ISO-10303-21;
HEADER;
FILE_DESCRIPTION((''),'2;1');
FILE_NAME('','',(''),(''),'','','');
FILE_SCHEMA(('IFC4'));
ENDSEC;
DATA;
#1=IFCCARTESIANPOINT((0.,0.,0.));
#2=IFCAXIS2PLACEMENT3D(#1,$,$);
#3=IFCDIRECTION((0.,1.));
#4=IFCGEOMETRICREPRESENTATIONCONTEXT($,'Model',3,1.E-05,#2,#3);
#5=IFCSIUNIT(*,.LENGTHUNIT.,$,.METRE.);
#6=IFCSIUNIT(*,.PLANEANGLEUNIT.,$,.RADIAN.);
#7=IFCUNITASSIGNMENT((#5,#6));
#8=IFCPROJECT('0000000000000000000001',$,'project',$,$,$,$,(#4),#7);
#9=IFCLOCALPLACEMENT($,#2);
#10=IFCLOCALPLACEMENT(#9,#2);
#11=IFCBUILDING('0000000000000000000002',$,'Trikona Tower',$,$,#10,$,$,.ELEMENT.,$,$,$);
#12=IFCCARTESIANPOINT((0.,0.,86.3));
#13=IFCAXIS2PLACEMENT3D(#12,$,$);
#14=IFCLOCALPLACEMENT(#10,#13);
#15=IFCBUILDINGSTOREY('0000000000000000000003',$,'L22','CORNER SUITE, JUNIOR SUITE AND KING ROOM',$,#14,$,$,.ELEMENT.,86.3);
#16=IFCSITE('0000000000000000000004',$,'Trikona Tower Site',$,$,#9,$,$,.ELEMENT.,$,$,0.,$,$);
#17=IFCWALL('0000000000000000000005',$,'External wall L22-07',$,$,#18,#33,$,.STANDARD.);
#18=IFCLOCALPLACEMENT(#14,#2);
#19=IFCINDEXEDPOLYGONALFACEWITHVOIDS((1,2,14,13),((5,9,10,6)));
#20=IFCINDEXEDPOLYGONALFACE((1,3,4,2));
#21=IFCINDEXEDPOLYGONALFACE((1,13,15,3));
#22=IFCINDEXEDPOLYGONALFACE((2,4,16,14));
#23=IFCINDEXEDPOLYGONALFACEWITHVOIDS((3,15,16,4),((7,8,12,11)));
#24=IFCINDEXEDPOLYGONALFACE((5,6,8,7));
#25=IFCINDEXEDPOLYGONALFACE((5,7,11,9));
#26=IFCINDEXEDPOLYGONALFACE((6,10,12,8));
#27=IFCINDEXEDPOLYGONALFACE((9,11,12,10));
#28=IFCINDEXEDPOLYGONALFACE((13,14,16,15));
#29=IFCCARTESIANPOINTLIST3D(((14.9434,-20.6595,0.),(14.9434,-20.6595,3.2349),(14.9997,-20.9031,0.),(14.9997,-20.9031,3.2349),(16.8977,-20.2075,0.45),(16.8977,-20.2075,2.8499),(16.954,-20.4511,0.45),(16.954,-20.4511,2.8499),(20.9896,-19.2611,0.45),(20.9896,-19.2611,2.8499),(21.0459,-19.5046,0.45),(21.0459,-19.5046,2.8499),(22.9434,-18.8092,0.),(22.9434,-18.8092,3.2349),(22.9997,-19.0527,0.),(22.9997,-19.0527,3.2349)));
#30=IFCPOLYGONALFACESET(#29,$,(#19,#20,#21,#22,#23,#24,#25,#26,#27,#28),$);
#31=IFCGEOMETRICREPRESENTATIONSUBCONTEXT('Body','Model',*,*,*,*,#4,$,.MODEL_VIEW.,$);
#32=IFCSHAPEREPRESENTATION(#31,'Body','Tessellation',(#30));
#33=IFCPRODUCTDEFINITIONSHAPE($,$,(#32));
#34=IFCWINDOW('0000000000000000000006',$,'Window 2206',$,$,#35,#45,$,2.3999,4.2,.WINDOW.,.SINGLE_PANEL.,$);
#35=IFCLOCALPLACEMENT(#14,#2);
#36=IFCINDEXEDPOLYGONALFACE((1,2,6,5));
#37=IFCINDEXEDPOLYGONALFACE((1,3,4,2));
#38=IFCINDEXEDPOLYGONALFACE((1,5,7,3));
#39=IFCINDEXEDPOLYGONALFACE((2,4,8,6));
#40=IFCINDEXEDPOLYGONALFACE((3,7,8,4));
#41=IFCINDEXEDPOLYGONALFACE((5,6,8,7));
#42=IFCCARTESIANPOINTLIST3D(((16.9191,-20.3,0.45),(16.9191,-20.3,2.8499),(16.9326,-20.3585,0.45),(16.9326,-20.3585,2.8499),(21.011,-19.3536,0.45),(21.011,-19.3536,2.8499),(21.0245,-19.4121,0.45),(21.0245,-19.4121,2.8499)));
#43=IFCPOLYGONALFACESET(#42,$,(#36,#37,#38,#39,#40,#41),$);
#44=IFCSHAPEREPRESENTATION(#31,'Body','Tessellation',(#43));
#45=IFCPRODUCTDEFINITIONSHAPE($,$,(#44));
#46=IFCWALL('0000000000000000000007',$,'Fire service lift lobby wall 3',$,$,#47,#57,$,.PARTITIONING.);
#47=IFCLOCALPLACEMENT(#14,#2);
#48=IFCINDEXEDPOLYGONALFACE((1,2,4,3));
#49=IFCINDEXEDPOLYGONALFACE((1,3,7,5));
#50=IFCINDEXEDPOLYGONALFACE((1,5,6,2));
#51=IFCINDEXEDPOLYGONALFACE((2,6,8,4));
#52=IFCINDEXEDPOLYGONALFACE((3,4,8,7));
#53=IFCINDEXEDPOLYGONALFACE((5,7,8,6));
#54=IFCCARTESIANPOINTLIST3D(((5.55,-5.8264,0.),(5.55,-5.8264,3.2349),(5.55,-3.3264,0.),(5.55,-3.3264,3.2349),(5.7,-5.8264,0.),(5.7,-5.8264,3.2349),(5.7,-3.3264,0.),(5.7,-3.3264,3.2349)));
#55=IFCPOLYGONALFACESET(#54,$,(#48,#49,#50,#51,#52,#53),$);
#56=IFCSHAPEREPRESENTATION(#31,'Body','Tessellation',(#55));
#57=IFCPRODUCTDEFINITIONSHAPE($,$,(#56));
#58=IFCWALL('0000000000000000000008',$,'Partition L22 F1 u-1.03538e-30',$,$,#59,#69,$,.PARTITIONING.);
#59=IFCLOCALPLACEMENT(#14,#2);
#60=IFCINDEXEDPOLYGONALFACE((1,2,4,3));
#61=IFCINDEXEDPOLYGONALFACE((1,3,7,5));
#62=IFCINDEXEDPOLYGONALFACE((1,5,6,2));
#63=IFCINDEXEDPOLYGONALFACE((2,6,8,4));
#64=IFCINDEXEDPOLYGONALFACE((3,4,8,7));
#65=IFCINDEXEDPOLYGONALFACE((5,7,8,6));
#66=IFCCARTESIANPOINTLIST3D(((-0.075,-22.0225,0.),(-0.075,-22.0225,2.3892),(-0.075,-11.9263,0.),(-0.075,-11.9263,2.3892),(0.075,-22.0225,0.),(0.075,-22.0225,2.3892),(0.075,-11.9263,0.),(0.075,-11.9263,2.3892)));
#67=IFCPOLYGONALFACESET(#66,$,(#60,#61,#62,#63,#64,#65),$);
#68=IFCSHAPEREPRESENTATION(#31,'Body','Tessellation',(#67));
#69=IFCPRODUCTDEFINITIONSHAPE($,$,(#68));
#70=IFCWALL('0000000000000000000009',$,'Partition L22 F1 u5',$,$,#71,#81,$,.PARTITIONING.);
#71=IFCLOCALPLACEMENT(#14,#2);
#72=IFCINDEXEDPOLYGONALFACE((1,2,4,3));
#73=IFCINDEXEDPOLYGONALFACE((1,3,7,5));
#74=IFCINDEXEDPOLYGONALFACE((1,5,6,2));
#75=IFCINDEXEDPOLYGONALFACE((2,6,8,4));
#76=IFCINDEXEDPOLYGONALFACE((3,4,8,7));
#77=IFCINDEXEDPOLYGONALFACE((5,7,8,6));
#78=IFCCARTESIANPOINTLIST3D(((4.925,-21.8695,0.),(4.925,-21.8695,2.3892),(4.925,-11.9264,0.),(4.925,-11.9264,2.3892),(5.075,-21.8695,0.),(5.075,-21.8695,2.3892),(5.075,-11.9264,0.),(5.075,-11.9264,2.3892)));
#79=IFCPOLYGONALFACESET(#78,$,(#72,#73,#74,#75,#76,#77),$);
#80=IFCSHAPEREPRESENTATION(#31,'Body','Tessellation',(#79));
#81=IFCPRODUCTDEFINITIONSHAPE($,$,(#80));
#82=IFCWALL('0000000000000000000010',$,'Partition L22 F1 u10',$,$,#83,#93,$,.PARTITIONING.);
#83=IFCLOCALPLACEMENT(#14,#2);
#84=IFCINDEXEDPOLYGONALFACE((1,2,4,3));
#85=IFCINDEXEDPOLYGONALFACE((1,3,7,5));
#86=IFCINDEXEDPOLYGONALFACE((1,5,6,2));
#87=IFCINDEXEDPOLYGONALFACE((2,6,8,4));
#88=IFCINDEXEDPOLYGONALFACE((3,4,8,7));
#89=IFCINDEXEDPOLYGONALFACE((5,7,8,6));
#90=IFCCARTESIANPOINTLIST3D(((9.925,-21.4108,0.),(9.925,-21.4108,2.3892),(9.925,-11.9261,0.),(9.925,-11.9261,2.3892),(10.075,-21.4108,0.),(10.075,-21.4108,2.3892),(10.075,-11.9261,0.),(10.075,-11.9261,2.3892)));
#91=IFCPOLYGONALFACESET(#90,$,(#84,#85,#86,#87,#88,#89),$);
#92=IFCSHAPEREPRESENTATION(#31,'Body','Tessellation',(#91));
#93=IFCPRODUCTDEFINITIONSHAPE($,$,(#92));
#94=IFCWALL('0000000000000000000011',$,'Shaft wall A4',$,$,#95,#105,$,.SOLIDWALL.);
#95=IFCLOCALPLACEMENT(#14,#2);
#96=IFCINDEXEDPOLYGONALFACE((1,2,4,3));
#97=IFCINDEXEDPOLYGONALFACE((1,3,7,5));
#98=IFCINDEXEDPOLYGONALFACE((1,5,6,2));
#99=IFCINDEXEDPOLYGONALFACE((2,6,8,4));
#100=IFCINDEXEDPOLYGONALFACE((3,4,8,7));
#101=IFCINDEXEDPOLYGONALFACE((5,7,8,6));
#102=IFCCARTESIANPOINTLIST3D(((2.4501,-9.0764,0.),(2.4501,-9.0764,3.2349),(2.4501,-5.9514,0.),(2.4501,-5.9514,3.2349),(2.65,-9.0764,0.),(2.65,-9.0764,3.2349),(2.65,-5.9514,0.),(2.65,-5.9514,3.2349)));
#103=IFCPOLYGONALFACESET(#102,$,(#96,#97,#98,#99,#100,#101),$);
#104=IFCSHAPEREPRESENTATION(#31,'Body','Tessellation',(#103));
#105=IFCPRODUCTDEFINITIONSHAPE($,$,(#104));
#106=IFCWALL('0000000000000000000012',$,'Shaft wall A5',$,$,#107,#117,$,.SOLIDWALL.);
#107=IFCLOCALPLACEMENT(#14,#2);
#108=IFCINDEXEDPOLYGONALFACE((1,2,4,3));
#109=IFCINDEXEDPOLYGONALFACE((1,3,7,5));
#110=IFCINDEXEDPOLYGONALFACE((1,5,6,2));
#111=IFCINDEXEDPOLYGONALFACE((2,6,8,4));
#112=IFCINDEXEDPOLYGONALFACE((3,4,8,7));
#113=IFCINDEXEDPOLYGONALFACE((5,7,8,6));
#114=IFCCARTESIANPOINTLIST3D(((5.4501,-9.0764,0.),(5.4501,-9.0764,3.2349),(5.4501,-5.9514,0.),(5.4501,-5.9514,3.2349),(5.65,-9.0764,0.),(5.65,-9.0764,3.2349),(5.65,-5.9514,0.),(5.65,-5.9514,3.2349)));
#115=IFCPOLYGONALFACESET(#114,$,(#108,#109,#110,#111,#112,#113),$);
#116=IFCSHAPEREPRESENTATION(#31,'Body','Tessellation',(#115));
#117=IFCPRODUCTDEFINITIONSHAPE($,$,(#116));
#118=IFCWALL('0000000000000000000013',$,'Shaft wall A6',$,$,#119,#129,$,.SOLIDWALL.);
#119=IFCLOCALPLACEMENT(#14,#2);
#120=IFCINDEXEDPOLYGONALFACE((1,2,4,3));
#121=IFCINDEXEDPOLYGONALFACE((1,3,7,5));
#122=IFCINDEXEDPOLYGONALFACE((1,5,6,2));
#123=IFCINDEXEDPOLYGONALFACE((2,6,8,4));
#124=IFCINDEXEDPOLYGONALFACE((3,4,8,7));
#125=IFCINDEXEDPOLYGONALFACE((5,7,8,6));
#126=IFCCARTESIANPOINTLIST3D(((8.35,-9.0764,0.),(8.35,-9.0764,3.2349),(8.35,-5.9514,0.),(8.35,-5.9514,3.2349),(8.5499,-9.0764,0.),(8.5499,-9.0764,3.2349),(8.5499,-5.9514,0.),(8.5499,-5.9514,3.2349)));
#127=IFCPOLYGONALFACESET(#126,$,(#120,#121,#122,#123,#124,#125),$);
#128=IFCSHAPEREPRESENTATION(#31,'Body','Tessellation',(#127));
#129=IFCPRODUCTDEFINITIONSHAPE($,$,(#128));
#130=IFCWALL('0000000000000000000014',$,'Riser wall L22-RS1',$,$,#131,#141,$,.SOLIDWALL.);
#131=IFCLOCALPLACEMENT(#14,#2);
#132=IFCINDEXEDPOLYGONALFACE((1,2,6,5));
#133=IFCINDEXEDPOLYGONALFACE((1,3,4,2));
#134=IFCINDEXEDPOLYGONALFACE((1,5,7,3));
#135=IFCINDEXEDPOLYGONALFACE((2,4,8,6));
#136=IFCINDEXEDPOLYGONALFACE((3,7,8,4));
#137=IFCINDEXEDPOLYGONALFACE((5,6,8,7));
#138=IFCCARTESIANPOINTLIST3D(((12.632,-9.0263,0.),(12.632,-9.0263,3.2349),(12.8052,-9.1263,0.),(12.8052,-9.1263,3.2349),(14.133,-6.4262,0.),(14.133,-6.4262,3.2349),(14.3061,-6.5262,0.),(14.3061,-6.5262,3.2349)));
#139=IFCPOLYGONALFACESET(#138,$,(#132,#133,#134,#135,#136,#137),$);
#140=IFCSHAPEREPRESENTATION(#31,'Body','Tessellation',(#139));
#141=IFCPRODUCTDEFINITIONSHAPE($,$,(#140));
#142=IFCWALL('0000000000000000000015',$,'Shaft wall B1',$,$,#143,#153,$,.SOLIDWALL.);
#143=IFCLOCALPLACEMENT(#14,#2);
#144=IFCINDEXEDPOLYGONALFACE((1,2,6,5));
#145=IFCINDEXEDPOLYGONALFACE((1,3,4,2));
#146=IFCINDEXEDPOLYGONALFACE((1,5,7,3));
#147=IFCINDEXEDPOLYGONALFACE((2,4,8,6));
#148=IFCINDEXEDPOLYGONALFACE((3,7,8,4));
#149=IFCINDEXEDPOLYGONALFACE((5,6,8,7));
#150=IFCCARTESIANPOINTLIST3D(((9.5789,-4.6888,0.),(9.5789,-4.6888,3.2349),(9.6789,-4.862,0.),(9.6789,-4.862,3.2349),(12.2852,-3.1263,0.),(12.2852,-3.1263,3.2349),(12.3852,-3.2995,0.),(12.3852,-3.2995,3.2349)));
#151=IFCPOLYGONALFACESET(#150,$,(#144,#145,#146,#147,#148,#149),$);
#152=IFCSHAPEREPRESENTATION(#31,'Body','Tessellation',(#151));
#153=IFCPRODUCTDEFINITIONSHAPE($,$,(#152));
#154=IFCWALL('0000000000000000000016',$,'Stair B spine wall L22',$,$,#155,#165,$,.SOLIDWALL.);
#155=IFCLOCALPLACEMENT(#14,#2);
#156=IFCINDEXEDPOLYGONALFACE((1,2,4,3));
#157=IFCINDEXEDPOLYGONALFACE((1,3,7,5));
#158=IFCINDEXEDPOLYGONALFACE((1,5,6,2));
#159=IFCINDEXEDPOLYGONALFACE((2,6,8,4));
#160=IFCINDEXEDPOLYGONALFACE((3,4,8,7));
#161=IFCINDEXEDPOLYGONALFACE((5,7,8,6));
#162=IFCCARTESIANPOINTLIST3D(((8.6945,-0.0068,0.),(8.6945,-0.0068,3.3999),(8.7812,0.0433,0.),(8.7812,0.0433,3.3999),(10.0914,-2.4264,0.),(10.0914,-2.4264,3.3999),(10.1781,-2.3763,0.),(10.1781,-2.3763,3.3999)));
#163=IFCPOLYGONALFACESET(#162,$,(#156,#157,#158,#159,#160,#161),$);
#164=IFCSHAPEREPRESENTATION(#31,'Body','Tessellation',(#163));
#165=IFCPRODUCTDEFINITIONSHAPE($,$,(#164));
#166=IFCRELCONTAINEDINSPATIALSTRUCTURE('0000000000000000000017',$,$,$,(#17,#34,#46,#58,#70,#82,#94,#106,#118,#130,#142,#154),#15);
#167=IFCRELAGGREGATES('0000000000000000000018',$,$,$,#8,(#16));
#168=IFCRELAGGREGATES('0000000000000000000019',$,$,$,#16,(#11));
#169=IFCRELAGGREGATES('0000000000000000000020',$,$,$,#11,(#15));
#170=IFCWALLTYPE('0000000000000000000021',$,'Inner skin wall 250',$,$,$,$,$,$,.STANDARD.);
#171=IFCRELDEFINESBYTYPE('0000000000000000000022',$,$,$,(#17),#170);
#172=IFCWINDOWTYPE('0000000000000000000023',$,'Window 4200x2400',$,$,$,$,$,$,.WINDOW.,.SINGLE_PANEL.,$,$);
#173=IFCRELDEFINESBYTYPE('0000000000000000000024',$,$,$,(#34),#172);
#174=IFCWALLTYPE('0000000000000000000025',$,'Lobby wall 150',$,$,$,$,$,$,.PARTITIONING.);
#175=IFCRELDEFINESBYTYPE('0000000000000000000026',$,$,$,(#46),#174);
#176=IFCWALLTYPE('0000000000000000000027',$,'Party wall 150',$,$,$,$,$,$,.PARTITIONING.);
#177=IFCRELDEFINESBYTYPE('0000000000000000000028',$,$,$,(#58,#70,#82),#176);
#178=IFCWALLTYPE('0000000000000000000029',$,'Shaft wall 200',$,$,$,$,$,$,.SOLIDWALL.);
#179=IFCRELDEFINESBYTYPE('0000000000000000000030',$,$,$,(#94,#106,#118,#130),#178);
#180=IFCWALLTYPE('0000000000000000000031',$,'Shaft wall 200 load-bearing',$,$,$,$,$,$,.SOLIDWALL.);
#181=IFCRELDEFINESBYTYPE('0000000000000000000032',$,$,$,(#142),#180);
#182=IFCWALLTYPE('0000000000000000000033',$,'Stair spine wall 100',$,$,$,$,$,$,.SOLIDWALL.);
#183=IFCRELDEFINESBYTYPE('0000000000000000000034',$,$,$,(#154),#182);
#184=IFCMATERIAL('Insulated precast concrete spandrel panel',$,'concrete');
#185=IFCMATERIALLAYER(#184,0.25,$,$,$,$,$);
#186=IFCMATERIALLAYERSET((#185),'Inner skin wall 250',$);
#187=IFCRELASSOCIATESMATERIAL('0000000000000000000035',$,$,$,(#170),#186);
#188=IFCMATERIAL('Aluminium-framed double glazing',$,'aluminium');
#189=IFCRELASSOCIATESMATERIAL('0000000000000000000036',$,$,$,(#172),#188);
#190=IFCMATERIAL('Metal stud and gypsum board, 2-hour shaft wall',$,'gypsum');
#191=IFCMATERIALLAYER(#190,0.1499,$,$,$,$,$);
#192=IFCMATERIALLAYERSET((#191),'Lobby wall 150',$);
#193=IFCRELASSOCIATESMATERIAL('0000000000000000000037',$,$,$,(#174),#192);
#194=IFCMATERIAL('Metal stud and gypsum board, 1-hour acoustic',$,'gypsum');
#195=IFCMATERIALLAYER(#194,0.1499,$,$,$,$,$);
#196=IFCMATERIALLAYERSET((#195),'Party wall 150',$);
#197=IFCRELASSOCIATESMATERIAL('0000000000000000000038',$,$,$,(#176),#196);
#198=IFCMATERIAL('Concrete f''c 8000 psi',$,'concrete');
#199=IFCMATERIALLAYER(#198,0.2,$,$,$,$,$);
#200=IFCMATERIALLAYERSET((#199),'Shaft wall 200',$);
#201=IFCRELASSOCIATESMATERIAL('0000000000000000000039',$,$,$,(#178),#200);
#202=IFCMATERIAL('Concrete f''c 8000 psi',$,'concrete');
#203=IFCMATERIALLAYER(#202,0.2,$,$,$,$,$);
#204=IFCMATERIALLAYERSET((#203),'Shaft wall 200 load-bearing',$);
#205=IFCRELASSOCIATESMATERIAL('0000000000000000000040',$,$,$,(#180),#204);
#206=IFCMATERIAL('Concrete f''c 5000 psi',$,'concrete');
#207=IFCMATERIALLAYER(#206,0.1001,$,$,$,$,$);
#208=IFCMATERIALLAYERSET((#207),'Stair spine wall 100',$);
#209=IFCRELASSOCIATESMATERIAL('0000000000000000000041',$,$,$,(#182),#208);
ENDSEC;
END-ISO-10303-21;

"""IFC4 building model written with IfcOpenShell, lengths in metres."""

from ifc_helpers import new_model, si_unit, direction, frame, frame_2d, origin, place, context, subcontext, project, spatial, rectangle, extrude, material, layer, layer_set, type_object, element, fill, save


model = new_model("IFC4")

# Units and contexts
model_context = context("Model", 3, precision=1e-05, world=origin(), true_north=direction((0.0, 1.0)))
body_context = subcontext(model_context, "Body", "Model", "MODEL_VIEW")
ifc_project = project(units=[si_unit("LENGTHUNIT", "METRE"), si_unit("PLANEANGLEUNIT", "RADIAN")], contexts=[model_context])

# Site, building, storey
site_placement = place(None, origin())
site = spatial("IfcSite", under=ifc_project, at=site_placement, Name="Trikona Tower Site", CompositionType="ELEMENT", RefElevation=0.0)
building_placement = place(site_placement, origin())
building = spatial("IfcBuilding", under=site, at=building_placement, Name="Trikona Tower", CompositionType="ELEMENT")
storey_placement = place(building_placement, frame((0.0, 0.0, 86.3)))
storey = spatial("IfcBuildingStorey", under=building, at=storey_placement, Name="L22", Description="CORNER SUITE, JUNIOR SUITE AND KING ROOM", CompositionType="ELEMENT", Elevation=86.3)

# Wall, opening, window
ifc_material_1 = material(Name="Insulated precast concrete spandrel panel", Category="concrete")
ifc_layer_1 = layer(ifc_material_1, 0.25)
ifc_layer_set_1 = layer_set([ifc_layer_1], Name="Inner skin wall 250")
wall_type_1 = type_object("IfcWallType", Name="Inner skin wall 250", PredefinedType="STANDARD", material=ifc_layer_set_1)
wall_1_placement = place(storey_placement, frame((14.9717, -20.7812, 0.0), z_axis=(0.0, 0.0, 1.0), x_axis=(0.974279, 0.225344, 0.0)))
wall_1 = element("IfcWall", 1, at=wall_1_placement, inside=storey, type_object=wall_type_1, Name="External wall L22-07", PredefinedType="STANDARD", context=body_context, shape_type="SweptSolid", body=[
    extrude(rectangle(XDim=8.2112, YDim=0.25, at=frame_2d((4.1055, 0.0))), origin(), (0.0, 0.0, 1.0), 3.2349),
])
opening_1_placement = place(wall_1_placement, frame((2.0056, 0.0, 0.45)))
opening_1 = element("IfcOpeningElement", 2, at=opening_1_placement, cuts=wall_1, PredefinedType="OPENING", context=body_context, shape_type="SweptSolid", body=[
    extrude(rectangle(XDim=4.2, YDim=2.3999, at=frame_2d((2.1001, 1.2))), frame((0.0, 0.135, 0.0), z_axis=(0.0, -1.0, 0.0), x_axis=(1.0, 0.0, 0.0)), (0.0, 0.0, 1.0), 0.27),
])
ifc_material_2 = material(Name="Aluminium-framed double glazing", Category="aluminium")
window_type = type_object("IfcWindowType", Name="Window 4200x2400", PartitioningType="SINGLE_PANEL", PredefinedType="WINDOW", material=ifc_material_2)
window_placement = place(opening_1_placement, origin())
window = element("IfcWindow", 3, at=window_placement, inside=storey, type_object=window_type, Name="Window 2206", OverallHeight=2.3999, OverallWidth=4.2, PartitioningType="SINGLE_PANEL", PredefinedType="WINDOW", context=body_context, shape_type="SweptSolid", body=[
    extrude(rectangle(XDim=4.2, YDim=2.3999, at=frame_2d((2.1001, 1.2))), frame((0.0, 0.03, 0.0), z_axis=(0.0, -1.0, 0.0), x_axis=(1.0, 0.0, 0.0)), (0.0, 0.0, 1.0), 0.0601),
])
fill(opening_1, window)

# Walls
ifc_material_3 = material(Name="Metal stud and gypsum board, 2-hour shaft wall", Category="gypsum")
ifc_layer_2 = layer(ifc_material_3, 0.1499)
ifc_layer_set_2 = layer_set([ifc_layer_2], Name="Lobby wall 150")
wall_type_2 = type_object("IfcWallType", Name="Lobby wall 150", PredefinedType="PARTITIONING", material=ifc_layer_set_2)
wall_2_placement = place(storey_placement, frame((5.625, -5.8264, 0.0), z_axis=(0.0, 0.0, 1.0), x_axis=(0.0, 1.0, 0.0)))
element("IfcWall", 4, at=wall_2_placement, inside=storey, type_object=wall_type_2, Name="Fire service lift lobby wall 3", PredefinedType="PARTITIONING", context=body_context, shape_type="SweptSolid", body=[
    extrude(rectangle(XDim=2.5, YDim=0.1499, at=frame_2d((1.25, 0.0))), origin(), (0.0, 0.0, 1.0), 3.2349),
])
ifc_material_4 = material(Name="Metal stud and gypsum board, 1-hour acoustic", Category="gypsum")
ifc_layer_3 = layer(ifc_material_4, 0.1499)
ifc_layer_set_3 = layer_set([ifc_layer_3], Name="Party wall 150")
wall_type_3 = type_object("IfcWallType", Name="Party wall 150", PredefinedType="PARTITIONING", material=ifc_layer_set_3)
wall_3_placement = place(storey_placement, frame((0.0, -11.9263, 0.0), z_axis=(0.0, 0.0, 1.0), x_axis=(0.0, -1.0, 0.0)))
element("IfcWall", 5, at=wall_3_placement, inside=storey, type_object=wall_type_3, Name="Partition L22 F1 u-1.03538e-30", PredefinedType="PARTITIONING", context=body_context, shape_type="SweptSolid", body=[
    extrude(rectangle(XDim=10.0962, YDim=0.1499, at=frame_2d((5.0481, 0.0))), origin(), (0.0, 0.0, 1.0), 2.3892),
])
wall_4_placement = place(storey_placement, frame((5.0, -11.9263, 0.0), z_axis=(0.0, 0.0, 1.0), x_axis=(0.0, -1.0, 0.0)))
element("IfcWall", 6, at=wall_4_placement, inside=storey, type_object=wall_type_3, Name="Partition L22 F1 u5", PredefinedType="PARTITIONING", context=body_context, shape_type="SweptSolid", body=[
    extrude(rectangle(XDim=9.9431, YDim=0.1499, at=frame_2d((4.9717, 0.0))), origin(), (0.0, 0.0, 1.0), 2.3892),
])
wall_5_placement = place(storey_placement, frame((10.0, -11.9263, 0.0), z_axis=(0.0, 0.0, 1.0), x_axis=(0.0, -1.0, 0.0)))
element("IfcWall", 7, at=wall_5_placement, inside=storey, type_object=wall_type_3, Name="Partition L22 F1 u10", PredefinedType="PARTITIONING", context=body_context, shape_type="SweptSolid", body=[
    extrude(rectangle(XDim=9.4846, YDim=0.1499, at=frame_2d((4.7422, 0.0))), origin(), (0.0, 0.0, 1.0), 2.3892),
])
ifc_material_5 = material(Name="Concrete f'c 8000 psi", Category="concrete")
ifc_layer_4 = layer(ifc_material_5, 0.2)
ifc_layer_set_4 = layer_set([ifc_layer_4], Name="Shaft wall 200")
wall_type_4 = type_object("IfcWallType", Name="Shaft wall 200", PredefinedType="SOLIDWALL", material=ifc_layer_set_4)
for number, where, z_axis, x_axis, name in (
    (8, (2.55, -5.9514, 0.0), (0.0, 0.0, 1.0), (0.0, -1.0, 0.0), "Shaft wall A4"),
    (9, (5.55, -5.9514, 0.0), (0.0, 0.0, 1.0), (0.0, -1.0, 0.0), "Shaft wall A5"),
    (10, (8.45, -5.9514, 0.0), (0.0, 0.0, 1.0), (0.0, -1.0, 0.0), "Shaft wall A6"),
):
    element("IfcWall", number, at=place(storey_placement, frame(where, z_axis=z_axis, x_axis=x_axis)), inside=storey, type_object=wall_type_4, Name=name, PredefinedType="SOLIDWALL", context=body_context, shape_type="SweptSolid", body=[
        extrude(rectangle(XDim=3.125, YDim=0.2, at=frame_2d((1.5625, 0.0))), origin(), (0.0, 0.0, 1.0), 3.2349),
    ])
wall_6_placement = place(storey_placement, frame((14.2195, -6.4763, 0.0), z_axis=(0.0, 0.0, 1.0), x_axis=(-0.499952, -0.866053, 0.0)))
element("IfcWall", 11, at=wall_6_placement, inside=storey, type_object=wall_type_4, Name="Riser wall L22-RS1", PredefinedType="SOLIDWALL", context=body_context, shape_type="SweptSolid", body=[
    extrude(rectangle(XDim=3.0022, YDim=0.2, at=frame_2d((1.501, 0.0))), origin(), (0.0, 0.0, 1.0), 3.2349),
])
ifc_material_6 = material(Name="Concrete f'c 8000 psi", Category="concrete")
ifc_layer_5 = layer(ifc_material_6, 0.2)
ifc_layer_set_5 = layer_set([ifc_layer_5], Name="Shaft wall 200 load-bearing")
wall_type_5 = type_object("IfcWallType", Name="Shaft wall 200 load-bearing", PredefinedType="SOLIDWALL", material=ifc_layer_set_5)
wall_7_placement = place(storey_placement, frame((9.6289, -4.7754, 0.0), z_axis=(0.0, 0.0, 1.0), x_axis=(0.866023, 0.500004, 0.0)))
element("IfcWall", 12, at=wall_7_placement, inside=storey, type_object=wall_type_5, Name="Shaft wall B1", PredefinedType="SOLIDWALL", context=body_context, shape_type="SweptSolid", body=[
    extrude(rectangle(XDim=3.125, YDim=0.2, at=frame_2d((1.5625, 0.0))), origin(), (0.0, 0.0, 1.0), 3.2349),
])
ifc_material_7 = material(Name="Concrete f'c 5000 psi", Category="concrete")
ifc_layer_6 = layer(ifc_material_7, 0.1001)
ifc_layer_set_6 = layer_set([ifc_layer_6], Name="Stair spine wall 100")
wall_type_6 = type_object("IfcWallType", Name="Stair spine wall 100", PredefinedType="SOLIDWALL", material=ifc_layer_set_6)
wall_8_placement = place(storey_placement, frame((10.1348, -2.4014, 0.0), z_axis=(0.0, 0.0, 1.0), x_axis=(-0.499992, 0.86603, 0.0)))
element("IfcWall", 13, at=wall_8_placement, inside=storey, type_object=wall_type_6, Name="Stair B spine wall L22", PredefinedType="SOLIDWALL", context=body_context, shape_type="SweptSolid", body=[
    extrude(rectangle(XDim=2.7939, YDim=0.1001, at=frame_2d((1.397, 0.0))), origin(), (0.0, 0.0, 1.0), 3.3999),
])

save(model, "model.ifc")
